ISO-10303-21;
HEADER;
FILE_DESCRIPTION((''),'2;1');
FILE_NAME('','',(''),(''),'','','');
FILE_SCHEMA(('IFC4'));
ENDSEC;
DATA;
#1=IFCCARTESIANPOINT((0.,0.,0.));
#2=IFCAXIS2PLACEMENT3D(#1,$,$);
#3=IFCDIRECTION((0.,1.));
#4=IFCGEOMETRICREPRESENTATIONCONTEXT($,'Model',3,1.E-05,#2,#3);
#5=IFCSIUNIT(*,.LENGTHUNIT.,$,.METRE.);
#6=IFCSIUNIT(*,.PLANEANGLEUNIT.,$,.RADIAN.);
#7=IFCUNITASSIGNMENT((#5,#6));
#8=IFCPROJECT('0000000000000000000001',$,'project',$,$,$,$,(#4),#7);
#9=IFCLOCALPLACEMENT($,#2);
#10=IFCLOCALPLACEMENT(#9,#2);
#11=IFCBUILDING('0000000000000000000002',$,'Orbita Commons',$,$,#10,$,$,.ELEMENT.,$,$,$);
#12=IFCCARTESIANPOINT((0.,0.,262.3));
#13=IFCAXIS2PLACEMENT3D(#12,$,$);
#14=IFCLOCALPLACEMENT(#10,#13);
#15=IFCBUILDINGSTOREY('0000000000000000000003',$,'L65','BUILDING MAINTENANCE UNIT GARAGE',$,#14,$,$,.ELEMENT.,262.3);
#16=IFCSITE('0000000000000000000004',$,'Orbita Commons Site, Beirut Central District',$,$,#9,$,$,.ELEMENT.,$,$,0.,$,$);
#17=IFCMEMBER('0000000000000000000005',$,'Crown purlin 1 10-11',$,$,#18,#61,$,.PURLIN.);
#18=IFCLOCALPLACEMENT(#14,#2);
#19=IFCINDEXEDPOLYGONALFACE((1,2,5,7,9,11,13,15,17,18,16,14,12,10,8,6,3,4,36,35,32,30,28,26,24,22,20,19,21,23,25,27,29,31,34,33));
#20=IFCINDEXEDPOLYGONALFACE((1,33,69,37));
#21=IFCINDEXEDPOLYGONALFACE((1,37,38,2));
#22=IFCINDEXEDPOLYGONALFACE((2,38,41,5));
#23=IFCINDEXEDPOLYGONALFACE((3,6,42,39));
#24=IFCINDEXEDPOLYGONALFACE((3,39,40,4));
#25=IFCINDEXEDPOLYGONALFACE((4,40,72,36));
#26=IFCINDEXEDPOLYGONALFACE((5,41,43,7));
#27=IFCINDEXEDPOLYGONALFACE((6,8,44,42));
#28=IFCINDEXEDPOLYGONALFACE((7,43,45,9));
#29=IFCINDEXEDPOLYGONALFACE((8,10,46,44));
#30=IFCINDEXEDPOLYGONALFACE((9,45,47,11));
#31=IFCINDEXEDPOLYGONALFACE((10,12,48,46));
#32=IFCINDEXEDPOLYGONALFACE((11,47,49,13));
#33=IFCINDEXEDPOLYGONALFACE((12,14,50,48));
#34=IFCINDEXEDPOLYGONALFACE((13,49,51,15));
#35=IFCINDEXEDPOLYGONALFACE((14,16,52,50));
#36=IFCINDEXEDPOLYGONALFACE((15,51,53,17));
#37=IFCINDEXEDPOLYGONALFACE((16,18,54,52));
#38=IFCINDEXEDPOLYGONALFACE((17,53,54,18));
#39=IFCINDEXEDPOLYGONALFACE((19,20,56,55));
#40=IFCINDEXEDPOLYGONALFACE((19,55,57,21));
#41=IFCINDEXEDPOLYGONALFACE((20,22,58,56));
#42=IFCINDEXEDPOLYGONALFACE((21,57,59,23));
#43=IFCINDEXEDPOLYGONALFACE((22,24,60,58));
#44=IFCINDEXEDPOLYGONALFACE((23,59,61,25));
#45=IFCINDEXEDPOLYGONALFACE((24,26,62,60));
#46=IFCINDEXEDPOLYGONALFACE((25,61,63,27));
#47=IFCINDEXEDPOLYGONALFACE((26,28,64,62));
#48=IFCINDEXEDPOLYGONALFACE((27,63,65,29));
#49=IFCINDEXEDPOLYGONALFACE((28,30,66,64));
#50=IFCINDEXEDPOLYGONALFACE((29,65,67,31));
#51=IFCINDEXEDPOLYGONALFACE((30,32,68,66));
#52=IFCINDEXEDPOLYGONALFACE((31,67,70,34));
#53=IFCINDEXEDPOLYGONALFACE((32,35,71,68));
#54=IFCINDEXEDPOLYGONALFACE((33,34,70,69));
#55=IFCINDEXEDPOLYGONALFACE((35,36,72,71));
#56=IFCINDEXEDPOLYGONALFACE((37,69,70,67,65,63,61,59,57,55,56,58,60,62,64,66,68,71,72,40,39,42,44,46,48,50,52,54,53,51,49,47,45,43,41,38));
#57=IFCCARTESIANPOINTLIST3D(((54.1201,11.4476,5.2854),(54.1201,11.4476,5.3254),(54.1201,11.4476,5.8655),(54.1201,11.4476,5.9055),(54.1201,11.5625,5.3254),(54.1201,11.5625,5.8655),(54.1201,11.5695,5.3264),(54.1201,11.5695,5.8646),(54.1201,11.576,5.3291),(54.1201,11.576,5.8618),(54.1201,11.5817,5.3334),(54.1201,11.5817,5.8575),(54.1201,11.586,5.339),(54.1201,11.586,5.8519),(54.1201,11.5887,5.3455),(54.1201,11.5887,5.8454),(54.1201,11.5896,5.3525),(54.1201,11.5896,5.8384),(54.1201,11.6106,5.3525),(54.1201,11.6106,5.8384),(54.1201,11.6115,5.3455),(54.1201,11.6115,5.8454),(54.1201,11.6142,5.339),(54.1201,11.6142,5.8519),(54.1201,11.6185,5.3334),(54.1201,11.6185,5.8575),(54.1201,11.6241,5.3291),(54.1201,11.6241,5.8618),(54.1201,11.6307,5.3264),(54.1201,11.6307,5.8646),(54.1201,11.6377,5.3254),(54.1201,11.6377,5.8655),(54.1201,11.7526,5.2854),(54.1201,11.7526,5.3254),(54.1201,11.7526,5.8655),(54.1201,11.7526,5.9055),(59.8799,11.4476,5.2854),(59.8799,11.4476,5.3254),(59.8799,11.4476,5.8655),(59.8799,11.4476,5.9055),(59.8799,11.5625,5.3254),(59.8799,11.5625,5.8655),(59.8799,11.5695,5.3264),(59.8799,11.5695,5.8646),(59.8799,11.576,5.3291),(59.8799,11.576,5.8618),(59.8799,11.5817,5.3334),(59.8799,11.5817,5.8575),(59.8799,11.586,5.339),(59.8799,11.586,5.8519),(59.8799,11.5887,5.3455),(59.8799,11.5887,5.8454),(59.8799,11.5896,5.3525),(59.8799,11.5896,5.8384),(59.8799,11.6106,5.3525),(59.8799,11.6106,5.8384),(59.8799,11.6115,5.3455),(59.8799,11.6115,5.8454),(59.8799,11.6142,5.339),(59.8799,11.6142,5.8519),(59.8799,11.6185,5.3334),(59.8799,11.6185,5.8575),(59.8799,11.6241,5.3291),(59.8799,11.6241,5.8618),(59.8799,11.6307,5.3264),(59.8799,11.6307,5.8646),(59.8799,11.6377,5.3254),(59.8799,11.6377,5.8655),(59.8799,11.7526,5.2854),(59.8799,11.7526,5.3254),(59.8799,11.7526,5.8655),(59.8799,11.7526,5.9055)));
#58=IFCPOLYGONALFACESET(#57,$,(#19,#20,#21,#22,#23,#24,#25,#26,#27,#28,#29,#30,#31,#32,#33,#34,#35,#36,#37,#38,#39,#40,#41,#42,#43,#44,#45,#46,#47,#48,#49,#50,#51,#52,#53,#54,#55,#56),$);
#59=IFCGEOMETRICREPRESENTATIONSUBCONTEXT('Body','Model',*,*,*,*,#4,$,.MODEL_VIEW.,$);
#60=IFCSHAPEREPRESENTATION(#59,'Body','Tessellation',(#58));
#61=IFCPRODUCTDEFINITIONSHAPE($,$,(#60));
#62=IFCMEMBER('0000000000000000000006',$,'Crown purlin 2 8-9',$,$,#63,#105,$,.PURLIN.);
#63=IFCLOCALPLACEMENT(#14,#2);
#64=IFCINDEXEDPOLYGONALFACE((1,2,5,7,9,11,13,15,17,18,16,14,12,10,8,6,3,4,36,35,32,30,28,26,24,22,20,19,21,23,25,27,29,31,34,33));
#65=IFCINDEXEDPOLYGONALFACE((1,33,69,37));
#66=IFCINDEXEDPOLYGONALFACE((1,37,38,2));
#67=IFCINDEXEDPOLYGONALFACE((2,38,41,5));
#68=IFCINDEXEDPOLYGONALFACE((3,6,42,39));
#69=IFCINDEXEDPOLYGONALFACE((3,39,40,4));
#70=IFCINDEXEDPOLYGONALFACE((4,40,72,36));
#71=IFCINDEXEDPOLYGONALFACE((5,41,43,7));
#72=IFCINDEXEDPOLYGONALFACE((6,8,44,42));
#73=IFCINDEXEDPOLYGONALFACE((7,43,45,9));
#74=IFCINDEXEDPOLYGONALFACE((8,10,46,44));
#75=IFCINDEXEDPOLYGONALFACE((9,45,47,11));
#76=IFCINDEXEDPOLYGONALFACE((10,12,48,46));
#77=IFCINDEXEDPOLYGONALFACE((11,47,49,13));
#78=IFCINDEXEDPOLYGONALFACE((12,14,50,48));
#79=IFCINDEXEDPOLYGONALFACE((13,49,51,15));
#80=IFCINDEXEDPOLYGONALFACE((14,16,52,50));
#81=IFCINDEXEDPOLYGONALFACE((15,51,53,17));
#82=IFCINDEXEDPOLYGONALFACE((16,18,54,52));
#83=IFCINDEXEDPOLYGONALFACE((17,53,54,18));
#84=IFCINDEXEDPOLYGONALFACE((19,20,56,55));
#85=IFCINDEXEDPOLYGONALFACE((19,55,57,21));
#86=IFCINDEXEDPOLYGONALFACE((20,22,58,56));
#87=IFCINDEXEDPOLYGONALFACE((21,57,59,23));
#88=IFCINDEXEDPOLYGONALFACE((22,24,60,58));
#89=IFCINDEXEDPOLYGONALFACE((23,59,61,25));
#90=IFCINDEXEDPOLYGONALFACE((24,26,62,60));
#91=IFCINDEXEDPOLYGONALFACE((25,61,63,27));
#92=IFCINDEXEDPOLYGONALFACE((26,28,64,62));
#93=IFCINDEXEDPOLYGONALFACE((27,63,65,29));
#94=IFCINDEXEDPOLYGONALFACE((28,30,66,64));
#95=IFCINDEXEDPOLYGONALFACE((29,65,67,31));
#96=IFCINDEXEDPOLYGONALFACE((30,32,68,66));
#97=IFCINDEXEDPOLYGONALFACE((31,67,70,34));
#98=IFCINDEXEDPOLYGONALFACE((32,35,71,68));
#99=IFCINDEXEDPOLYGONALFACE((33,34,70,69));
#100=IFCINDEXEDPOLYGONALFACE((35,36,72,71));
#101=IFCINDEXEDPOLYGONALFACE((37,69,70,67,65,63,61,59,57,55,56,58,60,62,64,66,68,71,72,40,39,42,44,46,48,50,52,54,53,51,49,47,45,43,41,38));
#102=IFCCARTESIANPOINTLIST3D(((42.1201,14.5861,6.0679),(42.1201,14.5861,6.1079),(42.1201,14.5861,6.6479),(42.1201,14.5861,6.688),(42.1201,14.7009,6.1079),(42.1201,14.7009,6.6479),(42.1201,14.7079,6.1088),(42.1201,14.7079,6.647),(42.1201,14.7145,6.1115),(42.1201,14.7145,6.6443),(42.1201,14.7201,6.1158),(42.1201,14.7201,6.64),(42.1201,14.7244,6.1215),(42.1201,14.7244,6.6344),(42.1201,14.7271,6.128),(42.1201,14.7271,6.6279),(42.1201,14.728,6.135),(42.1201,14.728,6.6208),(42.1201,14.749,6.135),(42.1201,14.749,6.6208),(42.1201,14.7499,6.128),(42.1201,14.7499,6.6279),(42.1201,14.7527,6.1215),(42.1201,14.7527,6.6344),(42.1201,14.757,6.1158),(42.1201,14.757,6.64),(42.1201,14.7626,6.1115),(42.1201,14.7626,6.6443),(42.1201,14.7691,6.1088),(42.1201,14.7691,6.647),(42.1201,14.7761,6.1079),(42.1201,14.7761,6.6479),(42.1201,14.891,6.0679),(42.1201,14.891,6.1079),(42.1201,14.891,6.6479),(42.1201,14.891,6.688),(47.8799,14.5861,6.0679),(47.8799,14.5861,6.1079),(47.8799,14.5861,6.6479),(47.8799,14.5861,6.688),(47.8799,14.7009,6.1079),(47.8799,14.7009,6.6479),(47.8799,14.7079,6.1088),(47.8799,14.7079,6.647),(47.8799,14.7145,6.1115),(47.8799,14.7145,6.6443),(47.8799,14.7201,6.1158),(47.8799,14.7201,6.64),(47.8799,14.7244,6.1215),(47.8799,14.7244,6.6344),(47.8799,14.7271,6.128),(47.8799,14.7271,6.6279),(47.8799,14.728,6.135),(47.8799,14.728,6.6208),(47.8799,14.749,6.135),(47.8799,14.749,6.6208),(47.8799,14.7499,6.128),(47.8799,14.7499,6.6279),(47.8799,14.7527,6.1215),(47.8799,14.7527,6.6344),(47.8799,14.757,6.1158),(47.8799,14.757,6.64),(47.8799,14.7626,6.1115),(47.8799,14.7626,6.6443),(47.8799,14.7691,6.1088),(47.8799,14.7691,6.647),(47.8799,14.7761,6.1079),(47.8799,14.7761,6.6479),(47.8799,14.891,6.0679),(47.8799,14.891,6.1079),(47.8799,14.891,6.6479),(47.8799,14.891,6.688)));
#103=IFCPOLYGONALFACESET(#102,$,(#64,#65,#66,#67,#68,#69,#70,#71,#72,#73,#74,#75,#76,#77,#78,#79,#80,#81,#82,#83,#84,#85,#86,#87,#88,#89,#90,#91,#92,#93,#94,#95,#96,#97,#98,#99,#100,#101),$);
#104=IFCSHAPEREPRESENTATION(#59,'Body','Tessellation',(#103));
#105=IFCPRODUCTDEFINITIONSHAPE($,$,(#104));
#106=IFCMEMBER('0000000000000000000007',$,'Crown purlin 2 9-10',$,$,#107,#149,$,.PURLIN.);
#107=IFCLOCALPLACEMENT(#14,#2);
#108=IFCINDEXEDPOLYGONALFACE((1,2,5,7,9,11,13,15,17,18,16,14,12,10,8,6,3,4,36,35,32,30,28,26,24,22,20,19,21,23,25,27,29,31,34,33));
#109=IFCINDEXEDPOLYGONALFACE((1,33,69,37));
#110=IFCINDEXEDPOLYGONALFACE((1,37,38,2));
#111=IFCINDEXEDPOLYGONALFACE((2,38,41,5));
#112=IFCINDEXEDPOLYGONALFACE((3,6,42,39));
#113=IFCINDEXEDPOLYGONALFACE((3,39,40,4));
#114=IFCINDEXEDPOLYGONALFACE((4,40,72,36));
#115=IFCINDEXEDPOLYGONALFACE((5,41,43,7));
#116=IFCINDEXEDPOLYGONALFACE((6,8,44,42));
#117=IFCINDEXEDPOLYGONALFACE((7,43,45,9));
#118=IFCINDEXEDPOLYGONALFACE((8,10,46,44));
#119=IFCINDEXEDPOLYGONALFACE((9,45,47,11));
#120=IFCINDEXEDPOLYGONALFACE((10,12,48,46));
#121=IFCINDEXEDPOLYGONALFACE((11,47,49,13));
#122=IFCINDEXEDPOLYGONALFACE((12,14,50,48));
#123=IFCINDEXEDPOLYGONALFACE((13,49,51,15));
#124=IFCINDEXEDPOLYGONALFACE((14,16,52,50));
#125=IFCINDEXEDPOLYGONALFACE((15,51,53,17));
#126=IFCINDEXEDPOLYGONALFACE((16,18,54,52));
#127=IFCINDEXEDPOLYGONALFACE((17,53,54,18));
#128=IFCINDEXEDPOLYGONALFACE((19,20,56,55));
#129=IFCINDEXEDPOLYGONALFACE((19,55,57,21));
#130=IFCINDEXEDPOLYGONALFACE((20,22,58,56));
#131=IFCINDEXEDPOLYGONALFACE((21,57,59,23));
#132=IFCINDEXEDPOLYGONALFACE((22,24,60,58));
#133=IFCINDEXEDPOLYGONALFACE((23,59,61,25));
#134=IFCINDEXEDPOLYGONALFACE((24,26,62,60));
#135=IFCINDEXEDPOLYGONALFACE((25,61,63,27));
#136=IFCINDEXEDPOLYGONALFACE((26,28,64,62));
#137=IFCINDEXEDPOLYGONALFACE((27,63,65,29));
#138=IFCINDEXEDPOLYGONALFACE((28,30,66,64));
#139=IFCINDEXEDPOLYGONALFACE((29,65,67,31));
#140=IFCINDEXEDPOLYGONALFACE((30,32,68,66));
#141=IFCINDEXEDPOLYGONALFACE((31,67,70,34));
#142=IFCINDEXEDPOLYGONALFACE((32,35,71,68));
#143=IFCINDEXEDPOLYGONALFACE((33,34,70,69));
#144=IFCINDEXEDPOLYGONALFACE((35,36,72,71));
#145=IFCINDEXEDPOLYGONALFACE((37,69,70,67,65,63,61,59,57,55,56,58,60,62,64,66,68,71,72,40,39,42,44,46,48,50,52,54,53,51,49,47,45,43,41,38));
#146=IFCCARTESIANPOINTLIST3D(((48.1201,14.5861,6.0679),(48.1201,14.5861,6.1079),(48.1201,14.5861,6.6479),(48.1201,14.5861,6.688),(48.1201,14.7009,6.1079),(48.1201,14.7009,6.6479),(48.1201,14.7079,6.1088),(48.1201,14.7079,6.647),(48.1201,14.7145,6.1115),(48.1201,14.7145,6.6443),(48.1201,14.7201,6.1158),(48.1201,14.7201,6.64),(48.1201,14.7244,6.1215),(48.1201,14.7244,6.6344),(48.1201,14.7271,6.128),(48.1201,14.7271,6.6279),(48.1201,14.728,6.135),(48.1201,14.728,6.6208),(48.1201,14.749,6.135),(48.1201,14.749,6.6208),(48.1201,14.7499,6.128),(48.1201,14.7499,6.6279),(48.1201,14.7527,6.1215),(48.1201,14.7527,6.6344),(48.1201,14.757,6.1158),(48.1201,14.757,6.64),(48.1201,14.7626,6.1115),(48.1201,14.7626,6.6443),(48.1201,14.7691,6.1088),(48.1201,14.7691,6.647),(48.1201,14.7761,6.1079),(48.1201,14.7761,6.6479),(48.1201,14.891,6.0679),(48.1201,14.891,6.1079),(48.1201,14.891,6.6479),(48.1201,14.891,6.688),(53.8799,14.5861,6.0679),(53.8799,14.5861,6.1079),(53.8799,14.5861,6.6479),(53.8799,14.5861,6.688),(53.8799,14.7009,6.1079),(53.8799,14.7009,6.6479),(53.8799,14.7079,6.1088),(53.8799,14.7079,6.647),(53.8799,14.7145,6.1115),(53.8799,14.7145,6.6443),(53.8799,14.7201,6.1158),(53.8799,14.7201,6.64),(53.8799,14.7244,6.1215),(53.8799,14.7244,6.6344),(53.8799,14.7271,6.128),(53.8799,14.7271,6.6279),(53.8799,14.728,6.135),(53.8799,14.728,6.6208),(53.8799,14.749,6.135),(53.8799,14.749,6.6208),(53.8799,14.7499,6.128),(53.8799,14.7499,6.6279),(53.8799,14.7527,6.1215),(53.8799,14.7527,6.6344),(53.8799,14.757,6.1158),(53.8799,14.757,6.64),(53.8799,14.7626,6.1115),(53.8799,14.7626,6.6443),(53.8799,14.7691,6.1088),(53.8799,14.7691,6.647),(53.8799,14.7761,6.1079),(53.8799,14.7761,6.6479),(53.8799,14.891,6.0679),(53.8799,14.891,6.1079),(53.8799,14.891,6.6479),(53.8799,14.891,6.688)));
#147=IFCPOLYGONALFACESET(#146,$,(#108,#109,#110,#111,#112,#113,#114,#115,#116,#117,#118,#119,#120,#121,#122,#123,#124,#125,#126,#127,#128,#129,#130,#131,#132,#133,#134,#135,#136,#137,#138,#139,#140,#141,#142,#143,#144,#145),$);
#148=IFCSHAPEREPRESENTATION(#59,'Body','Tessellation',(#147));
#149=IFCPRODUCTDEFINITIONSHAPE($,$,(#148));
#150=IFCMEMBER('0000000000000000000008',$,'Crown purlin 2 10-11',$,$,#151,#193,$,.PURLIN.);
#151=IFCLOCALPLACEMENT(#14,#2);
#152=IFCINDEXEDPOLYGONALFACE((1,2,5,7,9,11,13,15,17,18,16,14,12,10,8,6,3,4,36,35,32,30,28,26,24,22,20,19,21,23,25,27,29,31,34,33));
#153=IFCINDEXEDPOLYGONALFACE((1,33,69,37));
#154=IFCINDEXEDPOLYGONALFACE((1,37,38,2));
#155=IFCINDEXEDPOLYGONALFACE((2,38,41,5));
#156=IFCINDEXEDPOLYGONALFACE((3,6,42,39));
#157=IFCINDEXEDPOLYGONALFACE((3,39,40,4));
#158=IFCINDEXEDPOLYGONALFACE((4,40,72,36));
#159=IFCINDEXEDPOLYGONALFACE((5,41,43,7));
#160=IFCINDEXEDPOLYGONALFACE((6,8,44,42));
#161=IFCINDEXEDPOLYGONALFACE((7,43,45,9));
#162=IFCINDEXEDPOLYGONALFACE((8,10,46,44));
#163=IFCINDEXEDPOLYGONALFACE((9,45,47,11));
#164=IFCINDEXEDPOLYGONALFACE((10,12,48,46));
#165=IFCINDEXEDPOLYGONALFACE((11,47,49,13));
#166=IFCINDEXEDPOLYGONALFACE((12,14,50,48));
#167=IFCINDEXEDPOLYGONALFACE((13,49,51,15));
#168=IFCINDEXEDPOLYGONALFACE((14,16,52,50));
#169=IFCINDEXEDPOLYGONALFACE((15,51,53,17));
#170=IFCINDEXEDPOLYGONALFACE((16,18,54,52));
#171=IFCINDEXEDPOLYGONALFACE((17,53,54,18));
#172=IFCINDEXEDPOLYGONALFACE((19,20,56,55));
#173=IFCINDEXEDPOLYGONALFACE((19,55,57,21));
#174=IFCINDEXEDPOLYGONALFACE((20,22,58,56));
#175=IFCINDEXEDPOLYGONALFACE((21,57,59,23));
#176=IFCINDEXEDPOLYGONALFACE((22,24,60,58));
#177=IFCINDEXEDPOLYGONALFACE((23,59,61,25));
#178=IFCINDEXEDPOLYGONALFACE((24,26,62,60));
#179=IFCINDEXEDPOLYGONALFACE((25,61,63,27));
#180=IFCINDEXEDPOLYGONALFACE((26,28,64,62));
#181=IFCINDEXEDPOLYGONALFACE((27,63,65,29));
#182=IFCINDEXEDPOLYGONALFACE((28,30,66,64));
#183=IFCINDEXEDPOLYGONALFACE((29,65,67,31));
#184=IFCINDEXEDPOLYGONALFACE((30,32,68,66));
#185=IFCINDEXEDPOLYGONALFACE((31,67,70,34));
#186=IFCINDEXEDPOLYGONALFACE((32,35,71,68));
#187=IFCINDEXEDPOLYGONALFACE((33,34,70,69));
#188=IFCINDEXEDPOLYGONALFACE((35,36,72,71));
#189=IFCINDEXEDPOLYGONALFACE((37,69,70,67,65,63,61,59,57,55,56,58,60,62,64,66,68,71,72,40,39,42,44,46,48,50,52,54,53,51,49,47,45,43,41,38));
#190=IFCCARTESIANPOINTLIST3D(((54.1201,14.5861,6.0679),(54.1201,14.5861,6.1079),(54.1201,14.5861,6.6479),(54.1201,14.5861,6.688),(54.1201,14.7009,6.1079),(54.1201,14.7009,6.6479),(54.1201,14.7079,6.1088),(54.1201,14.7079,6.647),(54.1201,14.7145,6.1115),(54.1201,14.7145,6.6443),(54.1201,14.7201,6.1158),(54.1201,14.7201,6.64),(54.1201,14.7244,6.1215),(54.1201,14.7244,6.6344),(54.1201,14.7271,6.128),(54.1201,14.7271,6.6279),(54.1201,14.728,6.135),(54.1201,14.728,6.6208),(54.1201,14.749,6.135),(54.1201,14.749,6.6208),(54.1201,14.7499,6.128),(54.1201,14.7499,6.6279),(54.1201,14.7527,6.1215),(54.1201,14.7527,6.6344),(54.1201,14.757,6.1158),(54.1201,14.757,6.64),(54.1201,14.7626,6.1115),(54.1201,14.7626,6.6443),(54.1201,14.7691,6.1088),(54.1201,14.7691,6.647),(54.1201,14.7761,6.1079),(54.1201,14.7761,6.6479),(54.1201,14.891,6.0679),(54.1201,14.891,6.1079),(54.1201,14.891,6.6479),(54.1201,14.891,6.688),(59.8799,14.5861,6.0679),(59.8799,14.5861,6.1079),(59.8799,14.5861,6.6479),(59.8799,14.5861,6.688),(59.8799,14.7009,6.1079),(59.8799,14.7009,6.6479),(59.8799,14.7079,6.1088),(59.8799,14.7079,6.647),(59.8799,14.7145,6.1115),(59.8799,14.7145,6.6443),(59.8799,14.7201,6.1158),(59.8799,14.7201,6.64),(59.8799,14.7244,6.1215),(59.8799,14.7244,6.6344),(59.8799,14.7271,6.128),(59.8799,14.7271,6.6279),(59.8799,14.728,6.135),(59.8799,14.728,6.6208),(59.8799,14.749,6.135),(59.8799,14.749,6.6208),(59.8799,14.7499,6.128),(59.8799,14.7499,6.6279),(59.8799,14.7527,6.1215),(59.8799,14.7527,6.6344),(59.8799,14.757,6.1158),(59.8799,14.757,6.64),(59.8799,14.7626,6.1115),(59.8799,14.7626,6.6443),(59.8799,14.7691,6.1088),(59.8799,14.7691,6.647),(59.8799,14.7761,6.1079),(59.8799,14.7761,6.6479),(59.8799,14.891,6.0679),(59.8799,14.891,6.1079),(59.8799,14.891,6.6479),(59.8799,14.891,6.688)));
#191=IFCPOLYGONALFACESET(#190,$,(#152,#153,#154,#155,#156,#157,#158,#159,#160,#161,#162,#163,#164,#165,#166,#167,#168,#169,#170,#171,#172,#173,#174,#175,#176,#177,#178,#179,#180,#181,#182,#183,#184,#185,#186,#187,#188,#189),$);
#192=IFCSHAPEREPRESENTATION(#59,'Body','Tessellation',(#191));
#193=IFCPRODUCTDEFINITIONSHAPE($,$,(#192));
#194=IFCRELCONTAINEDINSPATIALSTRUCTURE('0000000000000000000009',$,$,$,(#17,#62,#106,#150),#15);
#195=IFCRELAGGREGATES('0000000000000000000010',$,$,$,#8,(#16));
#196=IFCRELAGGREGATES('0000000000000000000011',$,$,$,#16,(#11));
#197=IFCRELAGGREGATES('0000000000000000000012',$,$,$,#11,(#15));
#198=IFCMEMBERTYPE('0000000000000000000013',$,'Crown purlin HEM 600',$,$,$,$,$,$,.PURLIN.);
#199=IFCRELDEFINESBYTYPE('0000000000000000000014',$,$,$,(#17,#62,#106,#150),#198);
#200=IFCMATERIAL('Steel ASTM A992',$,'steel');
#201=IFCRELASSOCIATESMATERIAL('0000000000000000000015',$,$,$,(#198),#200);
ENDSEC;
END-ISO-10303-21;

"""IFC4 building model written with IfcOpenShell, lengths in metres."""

from ifc_helpers import new_model, si_unit, direction, frame, origin, origin_2d, place, context, subcontext, project, spatial, i_section, extrude, material, material_profile, profile_set, type_object, element, save


model = new_model("IFC4")

# Units and contexts
model_context = context("Model", 3, precision=1e-05, world=origin(), true_north=direction((0.0, 1.0)))
body_context = subcontext(model_context, "Body", "Model", "MODEL_VIEW")
ifc_project = project(units=[si_unit("LENGTHUNIT", "METRE"), si_unit("PLANEANGLEUNIT", "RADIAN")], contexts=[model_context])

# Site, building, storey
site_placement = place(None, origin())
site = spatial("IfcSite", under=ifc_project, at=site_placement, Name="Orbita Commons Site, Beirut Central District", CompositionType="ELEMENT", RefElevation=0.0)
building_placement = place(site_placement, origin())
building = spatial("IfcBuilding", under=site, at=building_placement, Name="Orbita Commons", CompositionType="ELEMENT")
storey_placement = place(building_placement, frame((0.0, 0.0, 262.3)))
storey = spatial("IfcBuildingStorey", under=building, at=storey_placement, Name="L65", Description="BUILDING MAINTENANCE UNIT GARAGE", CompositionType="ELEMENT", Elevation=262.3)

# Members
ifc_material_1 = material(Name="Steel ASTM A992", Category="steel")
ifc_material_profile = material_profile(ifc_material_1, i_section(OverallWidth=0.3049, OverallDepth=0.6201, WebThickness=0.021, FlangeThickness=0.04, FilletRadius=0.0271, at=origin_2d()), Name="HEM 600")
ifc_profile_set = profile_set([ifc_material_profile], Name="Steel ASTM A992")
member_type = type_object("IfcMemberType", Name="Crown purlin HEM 600", PredefinedType="PURLIN", material=ifc_profile_set)
for number, where, z_axis, x_axis, name in (
    (1, (54.1201, 11.6001, 5.5955), (1.0, 0.0, 0.0), (0.0, 1.0, 0.0), "Crown purlin 1 10-11"),
    (2, (42.1201, 14.7385, 6.3779), (1.0, 0.0, 0.0), (0.0, 1.0, 0.0), "Crown purlin 2 8-9"),
    (3, (48.1201, 14.7385, 6.3779), (1.0, 0.0, 0.0), (0.0, 1.0, 0.0), "Crown purlin 2 9-10"),
    (4, (54.1201, 14.7385, 6.3779), (1.0, 0.0, 0.0), (0.0, 1.0, 0.0), "Crown purlin 2 10-11"),
):
    element("IfcMember", number, at=place(storey_placement, frame(where, z_axis=z_axis, x_axis=x_axis)), inside=storey, type_object=member_type, Name=name, PredefinedType="PURLIN", context=body_context, shape_type="SweptSolid", body=[
        extrude(i_section(OverallWidth=0.3049, OverallDepth=0.6201, WebThickness=0.021, FlangeThickness=0.04, FilletRadius=0.0271, at=origin_2d()), origin(), (0.0, 0.0, 1.0), 5.7598),
    ])

save(model, "model.ifc")
